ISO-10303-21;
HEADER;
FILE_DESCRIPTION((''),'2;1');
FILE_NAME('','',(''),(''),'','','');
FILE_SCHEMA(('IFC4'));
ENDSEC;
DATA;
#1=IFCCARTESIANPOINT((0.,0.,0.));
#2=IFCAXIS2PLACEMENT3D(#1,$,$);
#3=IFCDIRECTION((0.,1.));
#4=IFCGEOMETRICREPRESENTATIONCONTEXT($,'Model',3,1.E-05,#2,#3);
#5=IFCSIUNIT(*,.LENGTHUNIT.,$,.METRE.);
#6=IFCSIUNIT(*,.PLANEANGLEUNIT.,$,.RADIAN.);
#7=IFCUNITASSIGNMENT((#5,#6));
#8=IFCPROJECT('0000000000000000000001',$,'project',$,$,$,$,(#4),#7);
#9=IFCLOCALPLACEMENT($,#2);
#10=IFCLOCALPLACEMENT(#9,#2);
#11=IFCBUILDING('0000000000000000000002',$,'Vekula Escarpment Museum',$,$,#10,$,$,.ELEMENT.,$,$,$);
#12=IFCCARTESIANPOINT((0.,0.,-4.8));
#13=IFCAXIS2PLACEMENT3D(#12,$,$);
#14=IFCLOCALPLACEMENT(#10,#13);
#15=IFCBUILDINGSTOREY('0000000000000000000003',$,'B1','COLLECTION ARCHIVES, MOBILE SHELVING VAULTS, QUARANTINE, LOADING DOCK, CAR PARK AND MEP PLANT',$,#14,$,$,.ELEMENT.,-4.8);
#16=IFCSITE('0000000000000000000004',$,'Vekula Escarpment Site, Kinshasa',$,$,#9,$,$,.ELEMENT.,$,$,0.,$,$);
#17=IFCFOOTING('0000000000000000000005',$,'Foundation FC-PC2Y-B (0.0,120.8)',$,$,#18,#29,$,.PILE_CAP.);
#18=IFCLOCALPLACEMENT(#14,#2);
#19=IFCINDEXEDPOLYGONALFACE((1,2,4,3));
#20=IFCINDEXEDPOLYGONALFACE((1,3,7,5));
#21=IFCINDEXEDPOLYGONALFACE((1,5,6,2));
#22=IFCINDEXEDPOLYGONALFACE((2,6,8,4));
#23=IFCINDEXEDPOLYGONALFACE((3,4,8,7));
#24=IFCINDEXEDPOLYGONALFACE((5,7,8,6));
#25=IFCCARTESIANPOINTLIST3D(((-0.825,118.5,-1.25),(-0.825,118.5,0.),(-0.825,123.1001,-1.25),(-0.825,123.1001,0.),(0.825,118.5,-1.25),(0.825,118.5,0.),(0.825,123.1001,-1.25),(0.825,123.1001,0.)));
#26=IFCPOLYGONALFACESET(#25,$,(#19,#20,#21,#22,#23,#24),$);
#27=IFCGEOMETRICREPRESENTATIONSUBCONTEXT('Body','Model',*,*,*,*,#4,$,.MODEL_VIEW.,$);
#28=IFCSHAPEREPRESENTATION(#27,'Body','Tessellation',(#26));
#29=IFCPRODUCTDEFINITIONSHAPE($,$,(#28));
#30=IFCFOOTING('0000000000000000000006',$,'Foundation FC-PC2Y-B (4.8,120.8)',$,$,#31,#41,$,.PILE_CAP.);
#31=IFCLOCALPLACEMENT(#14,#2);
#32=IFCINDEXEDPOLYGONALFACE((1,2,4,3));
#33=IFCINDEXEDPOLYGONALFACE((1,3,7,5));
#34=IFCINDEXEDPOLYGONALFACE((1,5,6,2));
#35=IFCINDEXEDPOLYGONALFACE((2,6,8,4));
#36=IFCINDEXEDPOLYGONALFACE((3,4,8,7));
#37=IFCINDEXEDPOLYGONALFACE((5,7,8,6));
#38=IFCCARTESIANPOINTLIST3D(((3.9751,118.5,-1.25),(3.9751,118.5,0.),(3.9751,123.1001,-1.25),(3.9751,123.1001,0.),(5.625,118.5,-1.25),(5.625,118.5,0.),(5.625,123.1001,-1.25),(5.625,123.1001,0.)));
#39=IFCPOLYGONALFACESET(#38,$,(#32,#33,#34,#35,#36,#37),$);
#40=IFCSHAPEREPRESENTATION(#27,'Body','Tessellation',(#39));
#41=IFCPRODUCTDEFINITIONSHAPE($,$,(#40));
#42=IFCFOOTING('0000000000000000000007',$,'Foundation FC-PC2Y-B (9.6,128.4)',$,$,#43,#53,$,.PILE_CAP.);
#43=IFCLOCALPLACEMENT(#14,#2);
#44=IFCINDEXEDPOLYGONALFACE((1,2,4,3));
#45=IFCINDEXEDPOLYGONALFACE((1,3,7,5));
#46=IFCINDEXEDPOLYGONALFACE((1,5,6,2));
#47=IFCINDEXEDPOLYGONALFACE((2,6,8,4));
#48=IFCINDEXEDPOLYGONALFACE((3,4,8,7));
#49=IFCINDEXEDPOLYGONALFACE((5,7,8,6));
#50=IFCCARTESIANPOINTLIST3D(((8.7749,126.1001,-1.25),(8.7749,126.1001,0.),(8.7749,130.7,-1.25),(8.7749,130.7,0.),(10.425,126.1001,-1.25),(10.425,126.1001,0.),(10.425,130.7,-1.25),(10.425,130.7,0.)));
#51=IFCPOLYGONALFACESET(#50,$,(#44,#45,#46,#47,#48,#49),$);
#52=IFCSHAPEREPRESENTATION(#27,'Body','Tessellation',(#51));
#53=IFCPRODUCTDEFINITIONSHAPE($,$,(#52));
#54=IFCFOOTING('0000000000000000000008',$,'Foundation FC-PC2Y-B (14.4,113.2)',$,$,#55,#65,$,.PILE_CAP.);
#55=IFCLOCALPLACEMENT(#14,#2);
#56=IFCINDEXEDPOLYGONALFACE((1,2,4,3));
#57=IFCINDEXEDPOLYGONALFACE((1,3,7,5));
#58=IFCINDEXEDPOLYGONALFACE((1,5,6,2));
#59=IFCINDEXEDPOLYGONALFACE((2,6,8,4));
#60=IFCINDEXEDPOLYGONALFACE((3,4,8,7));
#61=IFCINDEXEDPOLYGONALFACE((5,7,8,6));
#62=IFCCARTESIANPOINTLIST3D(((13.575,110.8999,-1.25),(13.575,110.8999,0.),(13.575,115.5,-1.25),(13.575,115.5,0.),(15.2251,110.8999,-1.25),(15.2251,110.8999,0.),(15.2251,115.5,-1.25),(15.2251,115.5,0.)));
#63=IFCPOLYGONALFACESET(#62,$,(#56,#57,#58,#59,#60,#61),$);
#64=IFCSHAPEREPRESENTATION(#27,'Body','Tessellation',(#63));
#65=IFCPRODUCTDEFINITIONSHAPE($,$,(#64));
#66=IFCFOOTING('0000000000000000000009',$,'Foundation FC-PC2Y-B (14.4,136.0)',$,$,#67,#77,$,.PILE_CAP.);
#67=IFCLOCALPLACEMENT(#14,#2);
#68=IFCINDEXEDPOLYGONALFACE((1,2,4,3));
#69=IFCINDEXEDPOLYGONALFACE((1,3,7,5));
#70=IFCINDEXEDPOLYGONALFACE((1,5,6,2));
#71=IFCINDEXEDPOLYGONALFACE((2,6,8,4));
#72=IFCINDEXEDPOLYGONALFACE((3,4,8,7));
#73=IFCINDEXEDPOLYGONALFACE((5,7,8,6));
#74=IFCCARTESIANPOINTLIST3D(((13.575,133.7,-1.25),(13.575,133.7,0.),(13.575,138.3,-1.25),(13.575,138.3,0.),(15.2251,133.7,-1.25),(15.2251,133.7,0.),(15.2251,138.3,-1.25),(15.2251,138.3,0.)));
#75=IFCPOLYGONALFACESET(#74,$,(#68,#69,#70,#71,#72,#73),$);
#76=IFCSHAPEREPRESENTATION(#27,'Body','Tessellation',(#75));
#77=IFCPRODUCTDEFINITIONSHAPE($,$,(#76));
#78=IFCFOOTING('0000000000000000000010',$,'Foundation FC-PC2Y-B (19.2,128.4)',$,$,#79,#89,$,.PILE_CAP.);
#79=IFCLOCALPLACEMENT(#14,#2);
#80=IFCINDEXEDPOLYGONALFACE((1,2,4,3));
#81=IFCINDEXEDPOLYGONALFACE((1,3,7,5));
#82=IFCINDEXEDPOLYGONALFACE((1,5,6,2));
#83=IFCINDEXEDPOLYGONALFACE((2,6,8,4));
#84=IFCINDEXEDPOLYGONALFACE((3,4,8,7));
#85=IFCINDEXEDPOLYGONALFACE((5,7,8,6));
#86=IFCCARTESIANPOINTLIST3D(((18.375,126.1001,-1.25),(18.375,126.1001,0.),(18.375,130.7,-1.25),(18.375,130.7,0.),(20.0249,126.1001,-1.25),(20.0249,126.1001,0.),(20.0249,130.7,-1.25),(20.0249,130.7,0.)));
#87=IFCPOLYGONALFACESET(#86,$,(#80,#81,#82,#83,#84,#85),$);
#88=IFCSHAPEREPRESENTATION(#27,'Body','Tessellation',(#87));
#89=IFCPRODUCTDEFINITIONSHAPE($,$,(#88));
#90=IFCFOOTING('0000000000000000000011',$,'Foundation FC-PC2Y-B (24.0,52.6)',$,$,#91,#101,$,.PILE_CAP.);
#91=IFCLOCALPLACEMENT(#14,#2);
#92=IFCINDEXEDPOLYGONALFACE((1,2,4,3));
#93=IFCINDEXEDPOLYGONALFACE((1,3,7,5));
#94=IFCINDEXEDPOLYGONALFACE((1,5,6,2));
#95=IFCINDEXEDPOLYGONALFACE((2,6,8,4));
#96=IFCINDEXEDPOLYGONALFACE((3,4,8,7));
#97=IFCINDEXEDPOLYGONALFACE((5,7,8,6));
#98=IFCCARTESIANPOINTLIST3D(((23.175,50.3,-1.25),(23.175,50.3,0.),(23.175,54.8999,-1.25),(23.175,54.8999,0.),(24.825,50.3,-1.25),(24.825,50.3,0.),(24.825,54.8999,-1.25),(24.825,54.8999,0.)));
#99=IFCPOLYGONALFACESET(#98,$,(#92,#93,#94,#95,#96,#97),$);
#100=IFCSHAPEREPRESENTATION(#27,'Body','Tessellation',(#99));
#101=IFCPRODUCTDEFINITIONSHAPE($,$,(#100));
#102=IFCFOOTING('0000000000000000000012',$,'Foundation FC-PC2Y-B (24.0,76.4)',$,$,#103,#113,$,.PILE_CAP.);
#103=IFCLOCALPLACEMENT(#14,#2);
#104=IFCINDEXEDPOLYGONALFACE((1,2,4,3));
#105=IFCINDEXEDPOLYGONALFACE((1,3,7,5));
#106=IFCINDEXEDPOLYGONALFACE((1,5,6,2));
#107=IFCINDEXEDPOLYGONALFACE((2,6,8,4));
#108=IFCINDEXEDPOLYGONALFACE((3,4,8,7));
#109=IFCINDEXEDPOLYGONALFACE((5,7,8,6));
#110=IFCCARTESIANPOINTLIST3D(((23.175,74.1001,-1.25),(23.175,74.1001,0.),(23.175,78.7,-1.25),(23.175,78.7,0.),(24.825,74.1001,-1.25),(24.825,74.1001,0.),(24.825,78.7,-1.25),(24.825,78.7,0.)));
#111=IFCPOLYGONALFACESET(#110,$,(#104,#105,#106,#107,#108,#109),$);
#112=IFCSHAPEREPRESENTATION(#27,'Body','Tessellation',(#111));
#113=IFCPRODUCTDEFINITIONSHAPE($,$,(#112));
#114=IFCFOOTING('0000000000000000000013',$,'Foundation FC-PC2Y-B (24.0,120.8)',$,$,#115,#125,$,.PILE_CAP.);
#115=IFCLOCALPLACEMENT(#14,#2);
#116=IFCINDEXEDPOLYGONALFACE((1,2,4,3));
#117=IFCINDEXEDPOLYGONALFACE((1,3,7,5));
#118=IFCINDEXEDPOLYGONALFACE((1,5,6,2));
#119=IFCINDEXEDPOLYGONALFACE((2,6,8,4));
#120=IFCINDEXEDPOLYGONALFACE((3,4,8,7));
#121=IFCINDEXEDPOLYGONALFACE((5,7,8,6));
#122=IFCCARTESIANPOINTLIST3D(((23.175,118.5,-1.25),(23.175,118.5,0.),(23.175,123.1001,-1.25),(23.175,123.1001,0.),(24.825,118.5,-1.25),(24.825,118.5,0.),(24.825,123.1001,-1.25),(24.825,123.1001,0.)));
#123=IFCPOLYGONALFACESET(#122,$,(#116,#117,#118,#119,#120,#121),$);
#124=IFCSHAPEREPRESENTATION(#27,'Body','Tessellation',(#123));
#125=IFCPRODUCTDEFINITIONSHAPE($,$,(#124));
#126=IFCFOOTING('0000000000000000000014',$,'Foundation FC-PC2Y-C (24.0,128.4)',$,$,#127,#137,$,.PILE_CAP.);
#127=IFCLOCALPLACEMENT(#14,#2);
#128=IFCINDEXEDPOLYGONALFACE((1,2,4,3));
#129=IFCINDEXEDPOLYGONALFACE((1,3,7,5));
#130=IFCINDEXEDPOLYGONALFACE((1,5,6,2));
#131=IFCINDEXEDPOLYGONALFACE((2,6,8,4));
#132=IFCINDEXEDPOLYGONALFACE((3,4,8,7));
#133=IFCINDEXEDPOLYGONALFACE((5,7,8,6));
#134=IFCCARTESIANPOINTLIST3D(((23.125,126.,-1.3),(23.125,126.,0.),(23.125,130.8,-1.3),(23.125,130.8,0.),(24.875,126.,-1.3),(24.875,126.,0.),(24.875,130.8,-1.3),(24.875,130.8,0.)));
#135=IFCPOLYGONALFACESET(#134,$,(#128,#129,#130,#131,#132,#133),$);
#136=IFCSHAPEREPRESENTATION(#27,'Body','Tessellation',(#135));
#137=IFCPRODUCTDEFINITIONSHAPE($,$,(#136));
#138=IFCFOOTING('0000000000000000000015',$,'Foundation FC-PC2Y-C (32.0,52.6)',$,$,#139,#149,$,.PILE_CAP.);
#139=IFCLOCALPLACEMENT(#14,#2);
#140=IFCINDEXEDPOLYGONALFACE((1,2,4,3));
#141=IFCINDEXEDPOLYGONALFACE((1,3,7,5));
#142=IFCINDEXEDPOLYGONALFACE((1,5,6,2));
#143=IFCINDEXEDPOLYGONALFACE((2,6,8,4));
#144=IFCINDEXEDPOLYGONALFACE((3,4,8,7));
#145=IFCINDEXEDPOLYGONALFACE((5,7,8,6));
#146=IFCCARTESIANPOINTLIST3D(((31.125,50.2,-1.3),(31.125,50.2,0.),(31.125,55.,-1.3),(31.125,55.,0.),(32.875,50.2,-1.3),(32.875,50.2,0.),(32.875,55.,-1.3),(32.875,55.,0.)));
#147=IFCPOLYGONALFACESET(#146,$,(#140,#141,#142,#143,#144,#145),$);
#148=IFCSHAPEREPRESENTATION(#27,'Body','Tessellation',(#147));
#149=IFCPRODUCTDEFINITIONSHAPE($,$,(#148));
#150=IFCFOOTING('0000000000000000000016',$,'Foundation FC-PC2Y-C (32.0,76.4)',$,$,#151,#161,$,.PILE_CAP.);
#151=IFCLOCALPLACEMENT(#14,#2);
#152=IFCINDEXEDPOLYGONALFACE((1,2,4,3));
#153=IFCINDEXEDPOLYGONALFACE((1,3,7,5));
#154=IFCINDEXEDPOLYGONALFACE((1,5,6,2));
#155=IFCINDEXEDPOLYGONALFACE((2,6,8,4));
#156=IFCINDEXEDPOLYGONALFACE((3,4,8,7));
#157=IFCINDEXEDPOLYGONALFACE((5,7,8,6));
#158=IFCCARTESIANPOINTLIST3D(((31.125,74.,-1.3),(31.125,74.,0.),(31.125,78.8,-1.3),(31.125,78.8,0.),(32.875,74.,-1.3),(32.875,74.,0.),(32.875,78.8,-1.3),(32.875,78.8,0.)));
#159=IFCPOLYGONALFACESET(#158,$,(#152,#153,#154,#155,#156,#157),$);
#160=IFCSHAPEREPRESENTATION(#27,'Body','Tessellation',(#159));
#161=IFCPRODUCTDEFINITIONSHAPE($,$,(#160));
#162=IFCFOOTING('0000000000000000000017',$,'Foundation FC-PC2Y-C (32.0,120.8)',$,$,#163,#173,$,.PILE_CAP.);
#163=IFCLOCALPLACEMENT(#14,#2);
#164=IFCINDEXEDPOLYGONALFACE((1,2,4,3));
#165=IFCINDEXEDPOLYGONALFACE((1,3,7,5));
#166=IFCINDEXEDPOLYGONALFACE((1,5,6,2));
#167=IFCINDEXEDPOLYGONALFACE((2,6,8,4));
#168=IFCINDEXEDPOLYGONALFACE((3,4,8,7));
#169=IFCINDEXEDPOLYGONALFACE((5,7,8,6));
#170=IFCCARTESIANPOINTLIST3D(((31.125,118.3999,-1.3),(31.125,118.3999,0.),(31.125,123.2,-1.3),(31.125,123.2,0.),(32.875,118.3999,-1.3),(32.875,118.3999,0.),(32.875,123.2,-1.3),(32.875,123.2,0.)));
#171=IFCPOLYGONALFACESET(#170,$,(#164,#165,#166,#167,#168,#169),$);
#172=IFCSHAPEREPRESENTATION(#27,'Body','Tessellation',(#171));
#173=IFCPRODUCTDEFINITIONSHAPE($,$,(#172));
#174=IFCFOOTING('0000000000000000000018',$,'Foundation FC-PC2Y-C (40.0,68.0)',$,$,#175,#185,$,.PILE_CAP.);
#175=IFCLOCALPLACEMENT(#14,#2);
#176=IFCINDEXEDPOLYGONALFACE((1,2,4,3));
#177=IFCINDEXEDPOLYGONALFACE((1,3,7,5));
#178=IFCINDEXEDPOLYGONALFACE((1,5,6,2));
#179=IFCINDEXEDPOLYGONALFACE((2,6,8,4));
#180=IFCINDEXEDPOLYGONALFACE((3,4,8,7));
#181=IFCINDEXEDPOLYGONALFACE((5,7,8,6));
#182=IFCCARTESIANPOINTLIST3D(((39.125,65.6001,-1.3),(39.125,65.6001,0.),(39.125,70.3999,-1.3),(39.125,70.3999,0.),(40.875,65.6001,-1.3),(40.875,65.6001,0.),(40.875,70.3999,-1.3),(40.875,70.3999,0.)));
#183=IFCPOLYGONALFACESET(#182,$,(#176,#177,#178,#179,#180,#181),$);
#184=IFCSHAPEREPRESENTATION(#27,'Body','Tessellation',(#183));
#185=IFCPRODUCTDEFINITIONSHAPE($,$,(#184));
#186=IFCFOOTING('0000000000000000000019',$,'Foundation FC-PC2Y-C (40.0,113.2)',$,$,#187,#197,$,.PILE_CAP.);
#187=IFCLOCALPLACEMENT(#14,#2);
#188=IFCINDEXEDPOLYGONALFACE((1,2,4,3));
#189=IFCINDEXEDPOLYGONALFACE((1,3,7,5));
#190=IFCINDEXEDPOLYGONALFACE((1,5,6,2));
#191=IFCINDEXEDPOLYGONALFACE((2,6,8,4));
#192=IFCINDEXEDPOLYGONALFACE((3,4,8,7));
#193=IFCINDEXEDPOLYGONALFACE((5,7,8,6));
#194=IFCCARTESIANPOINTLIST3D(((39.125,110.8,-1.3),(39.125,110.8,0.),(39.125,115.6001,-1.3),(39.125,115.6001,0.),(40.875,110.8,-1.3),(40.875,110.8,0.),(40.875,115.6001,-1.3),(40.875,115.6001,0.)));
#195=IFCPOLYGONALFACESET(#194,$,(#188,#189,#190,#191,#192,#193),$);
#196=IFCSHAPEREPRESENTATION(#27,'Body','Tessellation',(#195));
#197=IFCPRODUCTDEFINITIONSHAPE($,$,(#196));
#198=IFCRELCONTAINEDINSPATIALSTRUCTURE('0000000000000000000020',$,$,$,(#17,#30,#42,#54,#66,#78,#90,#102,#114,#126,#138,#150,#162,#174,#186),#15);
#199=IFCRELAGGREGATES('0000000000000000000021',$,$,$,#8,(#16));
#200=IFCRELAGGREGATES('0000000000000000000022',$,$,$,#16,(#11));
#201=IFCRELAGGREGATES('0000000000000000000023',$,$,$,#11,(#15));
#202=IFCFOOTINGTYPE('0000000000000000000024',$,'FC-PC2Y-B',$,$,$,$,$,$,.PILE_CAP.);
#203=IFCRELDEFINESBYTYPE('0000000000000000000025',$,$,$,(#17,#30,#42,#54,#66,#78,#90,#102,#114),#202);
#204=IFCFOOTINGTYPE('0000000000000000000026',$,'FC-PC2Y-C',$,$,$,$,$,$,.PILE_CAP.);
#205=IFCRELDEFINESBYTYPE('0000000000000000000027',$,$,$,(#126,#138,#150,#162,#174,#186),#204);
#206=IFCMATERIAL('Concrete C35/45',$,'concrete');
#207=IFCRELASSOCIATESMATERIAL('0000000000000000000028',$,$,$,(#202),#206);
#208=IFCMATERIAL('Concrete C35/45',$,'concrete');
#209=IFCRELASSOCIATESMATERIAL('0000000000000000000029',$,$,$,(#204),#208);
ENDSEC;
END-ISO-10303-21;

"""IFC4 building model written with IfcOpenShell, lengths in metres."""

from ifc_helpers import new_model, si_unit, direction, frame, origin, place, context, subcontext, project, spatial, polyline, outline, extrude, material, type_object, element, save


model = new_model("IFC4")

# Units and contexts
model_context = context("Model", 3, precision=1e-05, world=origin(), true_north=direction((0.0, 1.0)))
body_context = subcontext(model_context, "Body", "Model", "MODEL_VIEW")
ifc_project = project(units=[si_unit("LENGTHUNIT", "METRE"), si_unit("PLANEANGLEUNIT", "RADIAN")], contexts=[model_context])

# Site, building, storey
site_placement = place(None, origin())
site = spatial("IfcSite", under=ifc_project, at=site_placement, Name="Vekula Escarpment Site, Kinshasa", CompositionType="ELEMENT", RefElevation=0.0)
building_placement = place(site_placement, origin())
building = spatial("IfcBuilding", under=site, at=building_placement, Name="Vekula Escarpment Museum", CompositionType="ELEMENT")
storey_placement = place(building_placement, frame((0.0, 0.0, -4.8)))
storey = spatial("IfcBuildingStorey", under=building, at=storey_placement, Name="B1", Description="COLLECTION ARCHIVES, MOBILE SHELVING VAULTS, QUARANTINE, LOADING DOCK, CAR PARK AND MEP PLANT", CompositionType="ELEMENT", Elevation=-4.8)

# Footings
ifc_material_1 = material(Name="Concrete C35/45", Category="concrete")
footing_type_1 = type_object("IfcFootingType", Name="FC-PC2Y-B", PredefinedType="PILE_CAP", material=ifc_material_1)
footing_1_placement = place(storey_placement, frame((0.0, 0.0, -1.25)))
element("IfcFooting", 1, at=footing_1_placement, inside=storey, type_object=footing_type_1, Name="Foundation FC-PC2Y-B (0.0,120.8)", PredefinedType="PILE_CAP", context=body_context, shape_type="SweptSolid", body=[
    extrude(outline(polyline([(-0.825, 118.5), (0.825, 118.5), (0.825, 123.1001), (-0.825, 123.1001), (-0.825, 118.5)])), origin(), (0.0, 0.0, 1.0), 1.25),
])
footing_2_placement = place(storey_placement, frame((0.0, 0.0, -1.25)))
element("IfcFooting", 2, at=footing_2_placement, inside=storey, type_object=footing_type_1, Name="Foundation FC-PC2Y-B (4.8,120.8)", PredefinedType="PILE_CAP", context=body_context, shape_type="SweptSolid", body=[
    extrude(outline(polyline([(3.9751, 118.5), (5.625, 118.5), (5.625, 123.1001), (3.9751, 123.1001), (3.9751, 118.5)])), origin(), (0.0, 0.0, 1.0), 1.25),
])
footing_3_placement = place(storey_placement, frame((0.0, 0.0, -1.25)))
element("IfcFooting", 3, at=footing_3_placement, inside=storey, type_object=footing_type_1, Name="Foundation FC-PC2Y-B (9.6,128.4)", PredefinedType="PILE_CAP", context=body_context, shape_type="SweptSolid", body=[
    extrude(outline(polyline([(8.7749, 126.1001), (10.425, 126.1001), (10.425, 130.7), (8.7749, 130.7), (8.7749, 126.1001)])), origin(), (0.0, 0.0, 1.0), 1.25),
])
footing_4_placement = place(storey_placement, frame((0.0, 0.0, -1.25)))
element("IfcFooting", 4, at=footing_4_placement, inside=storey, type_object=footing_type_1, Name="Foundation FC-PC2Y-B (14.4,113.2)", PredefinedType="PILE_CAP", context=body_context, shape_type="SweptSolid", body=[
    extrude(outline(polyline([(13.575, 110.8999), (15.2251, 110.8999), (15.2251, 115.5), (13.575, 115.5), (13.575, 110.8999)])), origin(), (0.0, 0.0, 1.0), 1.25),
])
footing_5_placement = place(storey_placement, frame((0.0, 0.0, -1.25)))
element("IfcFooting", 5, at=footing_5_placement, inside=storey, type_object=footing_type_1, Name="Foundation FC-PC2Y-B (14.4,136.0)", PredefinedType="PILE_CAP", context=body_context, shape_type="SweptSolid", body=[
    extrude(outline(polyline([(13.575, 133.7), (15.2251, 133.7), (15.2251, 138.3), (13.575, 138.3), (13.575, 133.7)])), origin(), (0.0, 0.0, 1.0), 1.25),
])
footing_6_placement = place(storey_placement, frame((0.0, 0.0, -1.25)))
element("IfcFooting", 6, at=footing_6_placement, inside=storey, type_object=footing_type_1, Name="Foundation FC-PC2Y-B (19.2,128.4)", PredefinedType="PILE_CAP", context=body_context, shape_type="SweptSolid", body=[
    extrude(outline(polyline([(18.375, 126.1001), (20.0249, 126.1001), (20.0249, 130.7), (18.375, 130.7), (18.375, 126.1001)])), origin(), (0.0, 0.0, 1.0), 1.25),
])
footing_7_placement = place(storey_placement, frame((0.0, 0.0, -1.25)))
element("IfcFooting", 7, at=footing_7_placement, inside=storey, type_object=footing_type_1, Name="Foundation FC-PC2Y-B (24.0,52.6)", PredefinedType="PILE_CAP", context=body_context, shape_type="SweptSolid", body=[
    extrude(outline(polyline([(23.175, 50.3), (24.825, 50.3), (24.825, 54.8999), (23.175, 54.8999), (23.175, 50.3)])), origin(), (0.0, 0.0, 1.0), 1.25),
])
footing_8_placement = place(storey_placement, frame((0.0, 0.0, -1.25)))
element("IfcFooting", 8, at=footing_8_placement, inside=storey, type_object=footing_type_1, Name="Foundation FC-PC2Y-B (24.0,76.4)", PredefinedType="PILE_CAP", context=body_context, shape_type="SweptSolid", body=[
    extrude(outline(polyline([(23.175, 74.1001), (24.825, 74.1001), (24.825, 78.7), (23.175, 78.7), (23.175, 74.1001)])), origin(), (0.0, 0.0, 1.0), 1.25),
])
footing_9_placement = place(storey_placement, frame((0.0, 0.0, -1.25)))
element("IfcFooting", 9, at=footing_9_placement, inside=storey, type_object=footing_type_1, Name="Foundation FC-PC2Y-B (24.0,120.8)", PredefinedType="PILE_CAP", context=body_context, shape_type="SweptSolid", body=[
    extrude(outline(polyline([(23.175, 118.5), (24.825, 118.5), (24.825, 123.1001), (23.175, 123.1001), (23.175, 118.5)])), origin(), (0.0, 0.0, 1.0), 1.25),
])
ifc_material_2 = material(Name="Concrete C35/45", Category="concrete")
footing_type_2 = type_object("IfcFootingType", Name="FC-PC2Y-C", PredefinedType="PILE_CAP", material=ifc_material_2)
footing_10_placement = place(storey_placement, frame((0.0, 0.0, -1.3)))
element("IfcFooting", 10, at=footing_10_placement, inside=storey, type_object=footing_type_2, Name="Foundation FC-PC2Y-C (24.0,128.4)", PredefinedType="PILE_CAP", context=body_context, shape_type="SweptSolid", body=[
    extrude(outline(polyline([(23.125, 126.0), (24.875, 126.0), (24.875, 130.8), (23.125, 130.8), (23.125, 126.0)])), origin(), (0.0, 0.0, 1.0), 1.3),
])
footing_11_placement = place(storey_placement, frame((0.0, 0.0, -1.3)))
element("IfcFooting", 11, at=footing_11_placement, inside=storey, type_object=footing_type_2, Name="Foundation FC-PC2Y-C (32.0,52.6)", PredefinedType="PILE_CAP", context=body_context, shape_type="SweptSolid", body=[
    extrude(outline(polyline([(31.125, 50.2), (32.875, 50.2), (32.875, 55.0), (31.125, 55.0), (31.125, 50.2)])), origin(), (0.0, 0.0, 1.0), 1.3),
])
footing_12_placement = place(storey_placement, frame((0.0, 0.0, -1.3)))
element("IfcFooting", 12, at=footing_12_placement, inside=storey, type_object=footing_type_2, Name="Foundation FC-PC2Y-C (32.0,76.4)", PredefinedType="PILE_CAP", context=body_context, shape_type="SweptSolid", body=[
    extrude(outline(polyline([(31.125, 74.0), (32.875, 74.0), (32.875, 78.8), (31.125, 78.8), (31.125, 74.0)])), origin(), (0.0, 0.0, 1.0), 1.3),
])
footing_13_placement = place(storey_placement, frame((0.0, 0.0, -1.3)))
element("IfcFooting", 13, at=footing_13_placement, inside=storey, type_object=footing_type_2, Name="Foundation FC-PC2Y-C (32.0,120.8)", PredefinedType="PILE_CAP", context=body_context, shape_type="SweptSolid", body=[
    extrude(outline(polyline([(31.125, 118.3999), (32.875, 118.3999), (32.875, 123.2), (31.125, 123.2), (31.125, 118.3999)])), origin(), (0.0, 0.0, 1.0), 1.3),
])
footing_14_placement = place(storey_placement, frame((0.0, 0.0, -1.3)))
element("IfcFooting", 14, at=footing_14_placement, inside=storey, type_object=footing_type_2, Name="Foundation FC-PC2Y-C (40.0,68.0)", PredefinedType="PILE_CAP", context=body_context, shape_type="SweptSolid", body=[
    extrude(outline(polyline([(39.125, 65.6001), (40.875, 65.6001), (40.875, 70.3999), (39.125, 70.3999), (39.125, 65.6001)])), origin(), (0.0, 0.0, 1.0), 1.3),
])
footing_15_placement = place(storey_placement, frame((0.0, 0.0, -1.3)))
element("IfcFooting", 15, at=footing_15_placement, inside=storey, type_object=footing_type_2, Name="Foundation FC-PC2Y-C (40.0,113.2)", PredefinedType="PILE_CAP", context=body_context, shape_type="SweptSolid", body=[
    extrude(outline(polyline([(39.125, 110.8), (40.875, 110.8), (40.875, 115.6001), (39.125, 115.6001), (39.125, 110.8)])), origin(), (0.0, 0.0, 1.0), 1.3),
])

save(model, "model.ifc")
